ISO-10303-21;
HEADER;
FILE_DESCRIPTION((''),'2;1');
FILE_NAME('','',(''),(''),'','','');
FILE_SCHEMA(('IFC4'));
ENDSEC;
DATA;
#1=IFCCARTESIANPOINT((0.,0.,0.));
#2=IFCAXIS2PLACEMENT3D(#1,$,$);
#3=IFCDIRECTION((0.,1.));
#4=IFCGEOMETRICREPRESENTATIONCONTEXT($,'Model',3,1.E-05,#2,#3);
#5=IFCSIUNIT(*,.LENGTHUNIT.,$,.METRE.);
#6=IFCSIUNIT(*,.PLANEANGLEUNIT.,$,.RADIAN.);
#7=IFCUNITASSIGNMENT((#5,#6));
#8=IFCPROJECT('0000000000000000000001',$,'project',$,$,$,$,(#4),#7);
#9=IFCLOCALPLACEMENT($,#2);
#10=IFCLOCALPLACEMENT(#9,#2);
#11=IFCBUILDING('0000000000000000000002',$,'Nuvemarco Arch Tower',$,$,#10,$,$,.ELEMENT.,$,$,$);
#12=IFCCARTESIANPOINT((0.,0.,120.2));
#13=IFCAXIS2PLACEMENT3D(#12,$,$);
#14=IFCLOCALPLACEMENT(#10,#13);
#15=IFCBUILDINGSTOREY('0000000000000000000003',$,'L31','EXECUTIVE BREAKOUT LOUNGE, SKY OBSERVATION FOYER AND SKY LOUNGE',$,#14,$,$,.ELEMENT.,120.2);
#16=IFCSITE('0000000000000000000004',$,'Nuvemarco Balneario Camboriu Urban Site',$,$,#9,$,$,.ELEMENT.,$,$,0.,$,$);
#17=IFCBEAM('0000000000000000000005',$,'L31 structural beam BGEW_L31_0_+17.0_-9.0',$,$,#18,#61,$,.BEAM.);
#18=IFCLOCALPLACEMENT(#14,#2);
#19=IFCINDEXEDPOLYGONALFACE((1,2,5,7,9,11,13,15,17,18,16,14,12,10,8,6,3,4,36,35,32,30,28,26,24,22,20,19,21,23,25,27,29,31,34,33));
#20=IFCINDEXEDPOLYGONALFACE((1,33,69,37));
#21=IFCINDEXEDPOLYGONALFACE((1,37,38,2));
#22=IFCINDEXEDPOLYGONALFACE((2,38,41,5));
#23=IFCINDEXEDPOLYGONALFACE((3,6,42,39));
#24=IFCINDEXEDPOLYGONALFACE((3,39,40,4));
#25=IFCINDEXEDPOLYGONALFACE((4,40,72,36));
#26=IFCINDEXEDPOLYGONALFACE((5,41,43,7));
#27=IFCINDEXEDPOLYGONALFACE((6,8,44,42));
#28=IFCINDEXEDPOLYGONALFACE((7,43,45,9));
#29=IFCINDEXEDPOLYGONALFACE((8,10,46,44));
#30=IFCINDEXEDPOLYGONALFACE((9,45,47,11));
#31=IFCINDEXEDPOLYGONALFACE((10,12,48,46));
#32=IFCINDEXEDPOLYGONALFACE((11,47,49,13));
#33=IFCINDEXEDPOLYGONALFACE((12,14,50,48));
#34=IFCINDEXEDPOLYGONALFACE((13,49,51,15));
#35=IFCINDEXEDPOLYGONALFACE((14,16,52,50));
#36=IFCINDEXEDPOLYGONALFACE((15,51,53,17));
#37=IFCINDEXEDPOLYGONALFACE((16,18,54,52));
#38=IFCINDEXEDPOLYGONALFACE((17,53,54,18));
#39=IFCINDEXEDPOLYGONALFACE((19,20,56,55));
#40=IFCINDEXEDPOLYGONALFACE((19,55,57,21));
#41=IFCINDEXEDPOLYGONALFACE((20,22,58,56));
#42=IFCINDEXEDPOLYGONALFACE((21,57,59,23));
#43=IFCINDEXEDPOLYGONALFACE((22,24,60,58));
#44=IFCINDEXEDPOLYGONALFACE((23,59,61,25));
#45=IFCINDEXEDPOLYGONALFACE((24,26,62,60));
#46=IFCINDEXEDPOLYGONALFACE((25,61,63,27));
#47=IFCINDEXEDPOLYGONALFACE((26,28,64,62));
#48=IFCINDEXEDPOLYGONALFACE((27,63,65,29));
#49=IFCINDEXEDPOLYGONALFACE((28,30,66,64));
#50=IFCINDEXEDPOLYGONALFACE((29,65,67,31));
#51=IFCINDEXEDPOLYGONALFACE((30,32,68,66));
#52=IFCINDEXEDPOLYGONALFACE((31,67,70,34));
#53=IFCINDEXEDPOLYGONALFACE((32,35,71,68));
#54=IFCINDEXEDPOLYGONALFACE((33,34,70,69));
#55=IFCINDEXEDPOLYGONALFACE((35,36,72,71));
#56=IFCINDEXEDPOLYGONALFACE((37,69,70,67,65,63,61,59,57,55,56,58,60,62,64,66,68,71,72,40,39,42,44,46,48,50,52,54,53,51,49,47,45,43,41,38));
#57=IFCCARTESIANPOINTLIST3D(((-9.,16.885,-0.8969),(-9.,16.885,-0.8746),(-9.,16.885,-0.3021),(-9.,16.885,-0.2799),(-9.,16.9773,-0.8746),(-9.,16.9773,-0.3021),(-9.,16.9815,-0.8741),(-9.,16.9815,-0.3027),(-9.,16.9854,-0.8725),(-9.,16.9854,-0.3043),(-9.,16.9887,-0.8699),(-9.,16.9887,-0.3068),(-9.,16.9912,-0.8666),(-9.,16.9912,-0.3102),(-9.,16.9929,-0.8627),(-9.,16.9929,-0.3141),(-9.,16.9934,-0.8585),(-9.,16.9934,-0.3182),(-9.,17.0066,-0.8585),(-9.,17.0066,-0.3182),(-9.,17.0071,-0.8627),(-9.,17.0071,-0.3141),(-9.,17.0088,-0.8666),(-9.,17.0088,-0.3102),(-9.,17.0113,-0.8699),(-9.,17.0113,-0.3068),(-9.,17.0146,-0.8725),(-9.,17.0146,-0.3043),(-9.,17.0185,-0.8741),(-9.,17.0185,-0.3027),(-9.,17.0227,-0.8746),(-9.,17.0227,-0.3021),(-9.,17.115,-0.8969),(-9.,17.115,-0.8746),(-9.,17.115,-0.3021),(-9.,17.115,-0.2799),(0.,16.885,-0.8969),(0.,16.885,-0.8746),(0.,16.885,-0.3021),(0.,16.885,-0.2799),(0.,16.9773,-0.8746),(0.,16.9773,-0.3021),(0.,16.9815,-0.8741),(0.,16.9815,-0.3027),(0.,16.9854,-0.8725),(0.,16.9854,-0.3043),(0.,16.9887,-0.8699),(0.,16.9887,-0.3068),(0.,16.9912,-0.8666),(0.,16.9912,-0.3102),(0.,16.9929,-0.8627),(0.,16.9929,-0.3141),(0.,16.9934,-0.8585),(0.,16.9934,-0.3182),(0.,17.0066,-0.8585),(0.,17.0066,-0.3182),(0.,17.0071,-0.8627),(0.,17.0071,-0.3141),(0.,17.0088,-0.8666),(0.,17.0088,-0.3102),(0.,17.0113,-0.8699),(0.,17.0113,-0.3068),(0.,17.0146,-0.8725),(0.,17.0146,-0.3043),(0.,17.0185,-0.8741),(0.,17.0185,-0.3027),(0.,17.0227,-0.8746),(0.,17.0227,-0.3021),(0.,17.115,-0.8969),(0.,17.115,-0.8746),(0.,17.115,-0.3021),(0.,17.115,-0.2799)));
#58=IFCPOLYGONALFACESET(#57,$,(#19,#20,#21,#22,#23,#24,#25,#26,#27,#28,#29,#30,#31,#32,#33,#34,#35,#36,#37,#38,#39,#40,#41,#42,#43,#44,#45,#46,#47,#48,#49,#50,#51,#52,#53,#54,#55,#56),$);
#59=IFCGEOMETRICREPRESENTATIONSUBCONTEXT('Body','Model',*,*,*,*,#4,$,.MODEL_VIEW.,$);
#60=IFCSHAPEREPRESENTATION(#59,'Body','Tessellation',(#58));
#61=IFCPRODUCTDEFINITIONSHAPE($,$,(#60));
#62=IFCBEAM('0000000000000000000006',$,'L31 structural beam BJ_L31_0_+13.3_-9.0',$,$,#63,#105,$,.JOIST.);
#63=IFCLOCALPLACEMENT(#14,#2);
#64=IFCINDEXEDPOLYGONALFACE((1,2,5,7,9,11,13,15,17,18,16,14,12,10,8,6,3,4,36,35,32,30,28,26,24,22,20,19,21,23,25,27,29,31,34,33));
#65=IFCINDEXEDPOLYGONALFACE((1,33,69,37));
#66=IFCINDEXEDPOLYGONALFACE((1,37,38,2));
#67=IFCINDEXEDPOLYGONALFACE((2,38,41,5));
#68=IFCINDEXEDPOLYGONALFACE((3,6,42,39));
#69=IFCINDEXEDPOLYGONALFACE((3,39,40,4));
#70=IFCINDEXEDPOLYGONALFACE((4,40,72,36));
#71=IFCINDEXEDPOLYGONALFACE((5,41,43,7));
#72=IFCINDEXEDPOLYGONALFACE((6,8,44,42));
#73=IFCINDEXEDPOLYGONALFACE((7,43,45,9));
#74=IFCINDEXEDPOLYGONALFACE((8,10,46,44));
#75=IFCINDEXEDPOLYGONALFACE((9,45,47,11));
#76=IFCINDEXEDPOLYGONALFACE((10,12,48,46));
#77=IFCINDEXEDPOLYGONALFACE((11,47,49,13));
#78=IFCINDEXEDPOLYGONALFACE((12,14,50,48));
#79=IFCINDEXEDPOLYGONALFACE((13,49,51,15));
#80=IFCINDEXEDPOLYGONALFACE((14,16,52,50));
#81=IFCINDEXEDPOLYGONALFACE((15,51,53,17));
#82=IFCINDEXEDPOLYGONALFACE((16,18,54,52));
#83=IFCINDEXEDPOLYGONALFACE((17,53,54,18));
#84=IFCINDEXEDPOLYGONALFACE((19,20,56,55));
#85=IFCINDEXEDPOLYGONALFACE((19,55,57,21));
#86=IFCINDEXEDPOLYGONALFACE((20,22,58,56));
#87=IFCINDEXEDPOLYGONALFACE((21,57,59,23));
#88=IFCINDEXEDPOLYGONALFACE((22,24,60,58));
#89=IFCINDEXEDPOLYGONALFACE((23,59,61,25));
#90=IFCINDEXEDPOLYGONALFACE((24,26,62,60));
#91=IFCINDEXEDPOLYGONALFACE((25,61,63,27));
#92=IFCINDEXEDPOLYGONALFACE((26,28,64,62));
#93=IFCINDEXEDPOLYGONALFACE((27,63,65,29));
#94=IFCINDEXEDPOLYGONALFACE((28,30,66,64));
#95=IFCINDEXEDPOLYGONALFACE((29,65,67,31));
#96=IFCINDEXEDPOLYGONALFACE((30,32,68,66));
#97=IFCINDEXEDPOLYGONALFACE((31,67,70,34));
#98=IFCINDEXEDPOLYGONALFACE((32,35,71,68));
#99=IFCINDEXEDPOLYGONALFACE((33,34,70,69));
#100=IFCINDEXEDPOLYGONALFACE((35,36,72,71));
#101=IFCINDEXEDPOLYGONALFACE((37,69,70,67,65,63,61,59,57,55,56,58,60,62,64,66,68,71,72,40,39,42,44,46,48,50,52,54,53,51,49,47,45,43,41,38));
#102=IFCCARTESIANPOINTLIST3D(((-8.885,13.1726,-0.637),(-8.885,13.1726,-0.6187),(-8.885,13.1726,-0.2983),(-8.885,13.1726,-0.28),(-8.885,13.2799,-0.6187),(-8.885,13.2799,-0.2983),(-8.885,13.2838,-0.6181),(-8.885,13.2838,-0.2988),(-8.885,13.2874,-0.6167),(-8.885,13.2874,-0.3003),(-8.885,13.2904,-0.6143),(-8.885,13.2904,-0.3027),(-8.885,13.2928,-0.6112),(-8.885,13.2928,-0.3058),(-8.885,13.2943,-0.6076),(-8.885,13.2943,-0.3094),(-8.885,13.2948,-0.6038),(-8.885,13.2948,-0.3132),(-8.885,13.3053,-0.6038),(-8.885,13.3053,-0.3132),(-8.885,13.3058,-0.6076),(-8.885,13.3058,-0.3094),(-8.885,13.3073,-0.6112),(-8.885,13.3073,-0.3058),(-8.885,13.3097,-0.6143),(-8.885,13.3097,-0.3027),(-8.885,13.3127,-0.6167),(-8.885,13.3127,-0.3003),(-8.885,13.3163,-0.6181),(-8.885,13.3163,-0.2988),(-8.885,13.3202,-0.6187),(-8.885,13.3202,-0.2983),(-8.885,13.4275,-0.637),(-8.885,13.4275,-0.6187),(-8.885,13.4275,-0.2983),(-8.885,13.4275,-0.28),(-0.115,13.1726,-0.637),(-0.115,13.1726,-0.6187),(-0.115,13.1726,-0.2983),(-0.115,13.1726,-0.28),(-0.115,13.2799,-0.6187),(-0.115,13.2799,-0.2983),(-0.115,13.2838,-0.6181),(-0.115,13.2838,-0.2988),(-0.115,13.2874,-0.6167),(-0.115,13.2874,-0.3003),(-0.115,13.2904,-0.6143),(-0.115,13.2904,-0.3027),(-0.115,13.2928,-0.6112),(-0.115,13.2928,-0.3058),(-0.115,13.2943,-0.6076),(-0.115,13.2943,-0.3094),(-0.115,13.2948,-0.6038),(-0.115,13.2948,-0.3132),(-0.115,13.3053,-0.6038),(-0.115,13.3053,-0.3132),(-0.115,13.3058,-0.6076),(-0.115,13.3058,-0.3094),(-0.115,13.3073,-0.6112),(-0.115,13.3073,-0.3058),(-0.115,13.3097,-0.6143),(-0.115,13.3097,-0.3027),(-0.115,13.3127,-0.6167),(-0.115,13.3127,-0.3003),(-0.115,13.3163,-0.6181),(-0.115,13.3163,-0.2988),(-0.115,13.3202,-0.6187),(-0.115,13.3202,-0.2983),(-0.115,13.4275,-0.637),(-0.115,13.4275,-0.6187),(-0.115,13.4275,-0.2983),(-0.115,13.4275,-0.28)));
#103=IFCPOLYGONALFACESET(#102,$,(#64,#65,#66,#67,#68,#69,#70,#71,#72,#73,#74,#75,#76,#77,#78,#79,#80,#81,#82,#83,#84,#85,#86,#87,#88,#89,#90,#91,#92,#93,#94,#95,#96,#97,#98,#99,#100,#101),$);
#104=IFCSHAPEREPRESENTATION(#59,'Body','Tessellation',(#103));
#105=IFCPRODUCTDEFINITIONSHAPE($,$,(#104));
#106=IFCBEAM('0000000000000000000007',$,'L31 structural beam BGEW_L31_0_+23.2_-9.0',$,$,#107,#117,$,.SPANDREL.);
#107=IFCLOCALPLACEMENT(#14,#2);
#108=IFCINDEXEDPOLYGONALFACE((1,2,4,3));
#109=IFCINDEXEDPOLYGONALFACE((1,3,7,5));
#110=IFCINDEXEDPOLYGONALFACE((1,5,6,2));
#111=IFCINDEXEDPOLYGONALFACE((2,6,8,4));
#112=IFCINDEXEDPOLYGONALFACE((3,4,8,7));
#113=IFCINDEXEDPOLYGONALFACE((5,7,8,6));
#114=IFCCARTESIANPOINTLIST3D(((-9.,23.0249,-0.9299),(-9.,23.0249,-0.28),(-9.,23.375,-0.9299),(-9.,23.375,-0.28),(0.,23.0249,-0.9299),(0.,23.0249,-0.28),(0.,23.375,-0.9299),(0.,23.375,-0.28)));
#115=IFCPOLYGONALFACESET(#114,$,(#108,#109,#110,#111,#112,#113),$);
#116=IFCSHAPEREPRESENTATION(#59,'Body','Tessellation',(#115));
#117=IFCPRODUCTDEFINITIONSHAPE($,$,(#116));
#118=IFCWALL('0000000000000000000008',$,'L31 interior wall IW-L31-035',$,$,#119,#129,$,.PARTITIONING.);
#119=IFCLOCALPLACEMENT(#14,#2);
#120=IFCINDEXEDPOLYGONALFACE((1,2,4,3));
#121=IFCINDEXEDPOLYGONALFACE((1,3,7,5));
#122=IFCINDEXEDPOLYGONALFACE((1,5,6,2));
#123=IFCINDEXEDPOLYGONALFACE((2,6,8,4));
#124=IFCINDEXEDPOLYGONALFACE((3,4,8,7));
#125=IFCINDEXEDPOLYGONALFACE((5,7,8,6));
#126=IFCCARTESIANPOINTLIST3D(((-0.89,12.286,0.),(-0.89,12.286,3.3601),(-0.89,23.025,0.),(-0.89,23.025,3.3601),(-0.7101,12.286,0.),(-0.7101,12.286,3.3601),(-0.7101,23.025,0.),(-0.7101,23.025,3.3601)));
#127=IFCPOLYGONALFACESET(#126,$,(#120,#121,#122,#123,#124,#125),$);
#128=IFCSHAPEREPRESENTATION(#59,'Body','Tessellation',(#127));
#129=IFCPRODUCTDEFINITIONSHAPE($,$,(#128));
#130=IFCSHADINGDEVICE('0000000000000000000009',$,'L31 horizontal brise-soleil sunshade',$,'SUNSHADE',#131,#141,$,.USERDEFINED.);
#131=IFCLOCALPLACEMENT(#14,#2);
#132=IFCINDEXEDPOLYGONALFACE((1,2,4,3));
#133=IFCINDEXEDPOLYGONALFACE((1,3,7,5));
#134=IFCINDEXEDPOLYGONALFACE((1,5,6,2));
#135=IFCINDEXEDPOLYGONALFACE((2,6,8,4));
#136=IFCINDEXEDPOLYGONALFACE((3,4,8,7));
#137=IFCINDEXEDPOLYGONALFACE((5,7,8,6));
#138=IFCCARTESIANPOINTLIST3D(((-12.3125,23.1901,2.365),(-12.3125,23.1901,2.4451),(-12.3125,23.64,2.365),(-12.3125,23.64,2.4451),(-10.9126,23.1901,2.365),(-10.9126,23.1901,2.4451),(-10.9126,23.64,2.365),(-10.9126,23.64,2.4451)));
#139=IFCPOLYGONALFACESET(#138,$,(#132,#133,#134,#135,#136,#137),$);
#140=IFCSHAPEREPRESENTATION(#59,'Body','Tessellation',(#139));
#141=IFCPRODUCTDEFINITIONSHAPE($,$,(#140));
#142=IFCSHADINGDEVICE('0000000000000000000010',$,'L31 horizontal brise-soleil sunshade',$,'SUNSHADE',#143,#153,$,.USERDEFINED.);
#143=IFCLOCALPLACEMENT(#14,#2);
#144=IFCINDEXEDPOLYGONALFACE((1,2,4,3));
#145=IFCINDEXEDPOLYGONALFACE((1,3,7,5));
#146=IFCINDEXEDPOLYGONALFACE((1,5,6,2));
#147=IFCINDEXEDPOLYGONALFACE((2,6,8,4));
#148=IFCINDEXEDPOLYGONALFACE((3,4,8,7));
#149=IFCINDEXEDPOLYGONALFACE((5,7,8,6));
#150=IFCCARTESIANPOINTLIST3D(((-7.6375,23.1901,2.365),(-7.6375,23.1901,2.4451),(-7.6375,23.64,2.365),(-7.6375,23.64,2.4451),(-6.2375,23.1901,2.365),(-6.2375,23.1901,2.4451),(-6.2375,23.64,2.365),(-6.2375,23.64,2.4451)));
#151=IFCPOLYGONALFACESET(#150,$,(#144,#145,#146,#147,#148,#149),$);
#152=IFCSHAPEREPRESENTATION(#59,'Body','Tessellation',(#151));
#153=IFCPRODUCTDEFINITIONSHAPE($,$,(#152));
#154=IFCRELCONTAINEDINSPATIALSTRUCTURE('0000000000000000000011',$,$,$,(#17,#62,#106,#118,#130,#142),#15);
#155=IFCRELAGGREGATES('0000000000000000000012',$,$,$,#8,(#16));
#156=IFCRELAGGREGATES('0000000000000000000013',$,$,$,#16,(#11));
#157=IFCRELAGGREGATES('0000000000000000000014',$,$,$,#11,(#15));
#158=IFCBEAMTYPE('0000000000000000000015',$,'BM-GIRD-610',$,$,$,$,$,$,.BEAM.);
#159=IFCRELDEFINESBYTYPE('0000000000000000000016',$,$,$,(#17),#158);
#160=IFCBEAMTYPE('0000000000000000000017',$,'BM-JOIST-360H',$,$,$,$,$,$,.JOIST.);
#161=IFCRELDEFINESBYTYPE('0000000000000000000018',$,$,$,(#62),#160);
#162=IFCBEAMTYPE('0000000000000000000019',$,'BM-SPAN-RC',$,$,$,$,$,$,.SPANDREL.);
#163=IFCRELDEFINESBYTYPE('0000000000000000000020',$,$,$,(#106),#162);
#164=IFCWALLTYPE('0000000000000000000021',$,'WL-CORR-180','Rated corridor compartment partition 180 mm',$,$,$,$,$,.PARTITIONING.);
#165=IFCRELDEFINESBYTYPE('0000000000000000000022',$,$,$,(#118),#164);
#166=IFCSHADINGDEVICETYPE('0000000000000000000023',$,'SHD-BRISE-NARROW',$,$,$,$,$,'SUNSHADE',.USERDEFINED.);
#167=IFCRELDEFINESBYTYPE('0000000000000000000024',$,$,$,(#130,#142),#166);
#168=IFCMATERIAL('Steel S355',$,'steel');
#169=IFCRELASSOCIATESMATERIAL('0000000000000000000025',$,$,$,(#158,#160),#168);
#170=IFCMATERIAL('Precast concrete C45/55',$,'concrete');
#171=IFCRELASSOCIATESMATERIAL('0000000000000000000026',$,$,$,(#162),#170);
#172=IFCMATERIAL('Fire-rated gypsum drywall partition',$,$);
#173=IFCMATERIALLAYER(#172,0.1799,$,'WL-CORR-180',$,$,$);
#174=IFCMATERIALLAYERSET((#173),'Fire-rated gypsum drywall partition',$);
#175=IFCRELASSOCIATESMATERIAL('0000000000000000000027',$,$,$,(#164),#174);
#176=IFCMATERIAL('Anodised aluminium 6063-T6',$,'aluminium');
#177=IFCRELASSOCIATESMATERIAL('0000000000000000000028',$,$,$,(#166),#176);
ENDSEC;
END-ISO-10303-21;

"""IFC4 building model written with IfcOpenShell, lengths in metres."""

from ifc_helpers import new_model, si_unit, direction, frame, frame_2d, origin, origin_2d, place, context, subcontext, project, spatial, rectangle, i_section, extrude, source, transform, mapped, material, layer, layer_set, material_profile, profile_set, type_object, type_shapes, element, save


model = new_model("IFC4")

# Units and contexts
model_context = context("Model", 3, precision=1e-05, world=origin(), true_north=direction((0.0, 1.0)))
body_context = subcontext(model_context, "Body", "Model", "MODEL_VIEW")
ifc_project = project(units=[si_unit("LENGTHUNIT", "METRE"), si_unit("PLANEANGLEUNIT", "RADIAN")], contexts=[model_context])

# Site, building, storey
site_placement = place(None, origin())
site = spatial("IfcSite", under=ifc_project, at=site_placement, Name="Nuvemarco Balneario Camboriu Urban Site", CompositionType="ELEMENT", RefElevation=0.0)
building_placement = place(site_placement, origin())
building = spatial("IfcBuilding", under=site, at=building_placement, Name="Nuvemarco Arch Tower", CompositionType="ELEMENT")
storey_placement = place(building_placement, frame((0.0, 0.0, 120.2)))
storey = spatial("IfcBuildingStorey", under=building, at=storey_placement, Name="L31", Description="EXECUTIVE BREAKOUT LOUNGE, SKY OBSERVATION FOYER AND SKY LOUNGE", CompositionType="ELEMENT", Elevation=120.2)

# Shared definitions
ifc_material_1 = material(Name="Steel S355", Category="steel")

# Beams
ifc_material_profile_1 = material_profile(ifc_material_1, i_section(OverallWidth=0.23, OverallDepth=0.6169, WebThickness=0.0132, FlangeThickness=0.0222, FilletRadius=0.0161, at=origin_2d()), Name="W610x140")
ifc_profile_set_1 = profile_set([ifc_material_profile_1], Name="Steel S355")
beam_type_1 = type_object("IfcBeamType", Name="BM-GIRD-610", PredefinedType="BEAM", material=ifc_profile_set_1)
beam_1_placement = place(storey_placement, frame((-9.0, 17.0, -0.5884), z_axis=(1.0, 0.0, 0.0), x_axis=(0.0, 1.0, 0.0)))
element("IfcBeam", 1, at=beam_1_placement, inside=storey, type_object=beam_type_1, Name="L31 structural beam BGEW_L31_0_+17.0_-9.0", PredefinedType="BEAM", context=body_context, shape_type="SweptSolid", body=[
    extrude(i_section(OverallWidth=0.23, OverallDepth=0.6169, WebThickness=0.0132, FlangeThickness=0.0222, FilletRadius=0.0161, at=origin_2d()), origin(), (0.0, 0.0, 1.0), 9.0),
])
ifc_material_profile_2 = material_profile(ifc_material_1, i_section(OverallWidth=0.2549, OverallDepth=0.3569, WebThickness=0.0105, FlangeThickness=0.0183, FilletRadius=0.0149, at=origin_2d()), Name="W360x101")
ifc_profile_set_2 = profile_set([ifc_material_profile_2], Name="Steel S355")
beam_type_2 = type_object("IfcBeamType", Name="BM-JOIST-360H", PredefinedType="JOIST", material=ifc_profile_set_2)
beam_2_placement = place(storey_placement, frame((-8.885, 13.3, -0.4585), z_axis=(1.0, 0.0, 0.0), x_axis=(0.0, 1.0, 0.0)))
element("IfcBeam", 2, at=beam_2_placement, inside=storey, type_object=beam_type_2, Name="L31 structural beam BJ_L31_0_+13.3_-9.0", PredefinedType="JOIST", context=body_context, shape_type="SweptSolid", body=[
    extrude(i_section(OverallWidth=0.2549, OverallDepth=0.3569, WebThickness=0.0105, FlangeThickness=0.0183, FilletRadius=0.0149, at=origin_2d()), origin(), (0.0, 0.0, 1.0), 8.77),
])
ifc_material_2 = material(Name="Precast concrete C45/55", Category="concrete")
ifc_material_profile_3 = material_profile(ifc_material_2, rectangle(XDim=0.3501, YDim=0.6499, at=origin_2d()), Name="PC-SP-350x650")
ifc_profile_set_3 = profile_set([ifc_material_profile_3], Name="Precast concrete C45/55")
beam_type_3 = type_object("IfcBeamType", Name="BM-SPAN-RC", PredefinedType="SPANDREL", material=ifc_profile_set_3)
beam_3_placement = place(storey_placement, frame((-9.0, 23.2, -0.605), z_axis=(1.0, 0.0, 0.0), x_axis=(0.0, 1.0, 0.0)))
element("IfcBeam", 3, at=beam_3_placement, inside=storey, type_object=beam_type_3, Name="L31 structural beam BGEW_L31_0_+23.2_-9.0", PredefinedType="SPANDREL", context=body_context, shape_type="SweptSolid", body=[
    extrude(rectangle(XDim=0.3501, YDim=0.6499, at=origin_2d()), origin(), (0.0, 0.0, 1.0), 9.0),
])

# Shared definitions
ifc_material_3 = material(Name="Anodised aluminium 6063-T6", Category="aluminium")

# Wall
ifc_material_4 = material(Name="Fire-rated gypsum drywall partition")
ifc_layer_1 = layer(ifc_material_4, 0.1799, Name="WL-CORR-180")
ifc_layer_set_1 = layer_set([ifc_layer_1], Name="Fire-rated gypsum drywall partition")
wall_type = type_object("IfcWallType", Name="WL-CORR-180", Description="Rated corridor compartment partition 180 mm", PredefinedType="PARTITIONING", material=ifc_layer_set_1)
wall_placement = place(storey_placement, frame((-0.8, 12.2859, 0.0), z_axis=(0.0, 0.0, 1.0), x_axis=(0.0, 1.0, 0.0)))
element("IfcWall", 4, at=wall_placement, inside=storey, type_object=wall_type, Name="L31 interior wall IW-L31-035", PredefinedType="PARTITIONING", context=body_context, shape_type="SweptSolid", body=[
    extrude(rectangle(XDim=10.739, YDim=0.1799, at=frame_2d((5.3696, 0.0))), origin(), (0.0, 0.0, 1.0), 3.3601),
])

# Shading devices
shading_device_type = type_object("IfcShadingDeviceType", Name="SHD-BRISE-NARROW", ElementType="SUNSHADE", PredefinedType="USERDEFINED", material=ifc_material_3)
shared_shape_1 = source(origin(), body_context, "Body", "SweptSolid", [
    extrude(rectangle(XDim=1.3999, YDim=0.45, at=origin_2d()), origin(), (0.0, 0.0, 1.0), 0.0801),
])
type_shapes(shading_device_type, [shared_shape_1])
for number, where, z_axis, x_axis, name in (
    (5, (-11.6125, 23.415, 2.365), (0.0, 0.0, 1.0), (1.0, 0.0, 0.0), "L31 horizontal brise-soleil sunshade"),
    (6, (-6.9375, 23.415, 2.365), (0.0, 0.0, 1.0), (1.0, 0.0, 0.0), "L31 horizontal brise-soleil sunshade"),
):
    element("IfcShadingDevice", number, at=place(storey_placement, frame(where, z_axis=z_axis, x_axis=x_axis)), inside=storey, type_object=shading_device_type, Name=name, ObjectType="SUNSHADE", PredefinedType="USERDEFINED", context=body_context, shape_type="MappedRepresentation", body=[
        mapped(shared_shape_1, transform((0.0, 0.0, 0.0), scale=1.0)),
    ])

save(model, "model.ifc")
